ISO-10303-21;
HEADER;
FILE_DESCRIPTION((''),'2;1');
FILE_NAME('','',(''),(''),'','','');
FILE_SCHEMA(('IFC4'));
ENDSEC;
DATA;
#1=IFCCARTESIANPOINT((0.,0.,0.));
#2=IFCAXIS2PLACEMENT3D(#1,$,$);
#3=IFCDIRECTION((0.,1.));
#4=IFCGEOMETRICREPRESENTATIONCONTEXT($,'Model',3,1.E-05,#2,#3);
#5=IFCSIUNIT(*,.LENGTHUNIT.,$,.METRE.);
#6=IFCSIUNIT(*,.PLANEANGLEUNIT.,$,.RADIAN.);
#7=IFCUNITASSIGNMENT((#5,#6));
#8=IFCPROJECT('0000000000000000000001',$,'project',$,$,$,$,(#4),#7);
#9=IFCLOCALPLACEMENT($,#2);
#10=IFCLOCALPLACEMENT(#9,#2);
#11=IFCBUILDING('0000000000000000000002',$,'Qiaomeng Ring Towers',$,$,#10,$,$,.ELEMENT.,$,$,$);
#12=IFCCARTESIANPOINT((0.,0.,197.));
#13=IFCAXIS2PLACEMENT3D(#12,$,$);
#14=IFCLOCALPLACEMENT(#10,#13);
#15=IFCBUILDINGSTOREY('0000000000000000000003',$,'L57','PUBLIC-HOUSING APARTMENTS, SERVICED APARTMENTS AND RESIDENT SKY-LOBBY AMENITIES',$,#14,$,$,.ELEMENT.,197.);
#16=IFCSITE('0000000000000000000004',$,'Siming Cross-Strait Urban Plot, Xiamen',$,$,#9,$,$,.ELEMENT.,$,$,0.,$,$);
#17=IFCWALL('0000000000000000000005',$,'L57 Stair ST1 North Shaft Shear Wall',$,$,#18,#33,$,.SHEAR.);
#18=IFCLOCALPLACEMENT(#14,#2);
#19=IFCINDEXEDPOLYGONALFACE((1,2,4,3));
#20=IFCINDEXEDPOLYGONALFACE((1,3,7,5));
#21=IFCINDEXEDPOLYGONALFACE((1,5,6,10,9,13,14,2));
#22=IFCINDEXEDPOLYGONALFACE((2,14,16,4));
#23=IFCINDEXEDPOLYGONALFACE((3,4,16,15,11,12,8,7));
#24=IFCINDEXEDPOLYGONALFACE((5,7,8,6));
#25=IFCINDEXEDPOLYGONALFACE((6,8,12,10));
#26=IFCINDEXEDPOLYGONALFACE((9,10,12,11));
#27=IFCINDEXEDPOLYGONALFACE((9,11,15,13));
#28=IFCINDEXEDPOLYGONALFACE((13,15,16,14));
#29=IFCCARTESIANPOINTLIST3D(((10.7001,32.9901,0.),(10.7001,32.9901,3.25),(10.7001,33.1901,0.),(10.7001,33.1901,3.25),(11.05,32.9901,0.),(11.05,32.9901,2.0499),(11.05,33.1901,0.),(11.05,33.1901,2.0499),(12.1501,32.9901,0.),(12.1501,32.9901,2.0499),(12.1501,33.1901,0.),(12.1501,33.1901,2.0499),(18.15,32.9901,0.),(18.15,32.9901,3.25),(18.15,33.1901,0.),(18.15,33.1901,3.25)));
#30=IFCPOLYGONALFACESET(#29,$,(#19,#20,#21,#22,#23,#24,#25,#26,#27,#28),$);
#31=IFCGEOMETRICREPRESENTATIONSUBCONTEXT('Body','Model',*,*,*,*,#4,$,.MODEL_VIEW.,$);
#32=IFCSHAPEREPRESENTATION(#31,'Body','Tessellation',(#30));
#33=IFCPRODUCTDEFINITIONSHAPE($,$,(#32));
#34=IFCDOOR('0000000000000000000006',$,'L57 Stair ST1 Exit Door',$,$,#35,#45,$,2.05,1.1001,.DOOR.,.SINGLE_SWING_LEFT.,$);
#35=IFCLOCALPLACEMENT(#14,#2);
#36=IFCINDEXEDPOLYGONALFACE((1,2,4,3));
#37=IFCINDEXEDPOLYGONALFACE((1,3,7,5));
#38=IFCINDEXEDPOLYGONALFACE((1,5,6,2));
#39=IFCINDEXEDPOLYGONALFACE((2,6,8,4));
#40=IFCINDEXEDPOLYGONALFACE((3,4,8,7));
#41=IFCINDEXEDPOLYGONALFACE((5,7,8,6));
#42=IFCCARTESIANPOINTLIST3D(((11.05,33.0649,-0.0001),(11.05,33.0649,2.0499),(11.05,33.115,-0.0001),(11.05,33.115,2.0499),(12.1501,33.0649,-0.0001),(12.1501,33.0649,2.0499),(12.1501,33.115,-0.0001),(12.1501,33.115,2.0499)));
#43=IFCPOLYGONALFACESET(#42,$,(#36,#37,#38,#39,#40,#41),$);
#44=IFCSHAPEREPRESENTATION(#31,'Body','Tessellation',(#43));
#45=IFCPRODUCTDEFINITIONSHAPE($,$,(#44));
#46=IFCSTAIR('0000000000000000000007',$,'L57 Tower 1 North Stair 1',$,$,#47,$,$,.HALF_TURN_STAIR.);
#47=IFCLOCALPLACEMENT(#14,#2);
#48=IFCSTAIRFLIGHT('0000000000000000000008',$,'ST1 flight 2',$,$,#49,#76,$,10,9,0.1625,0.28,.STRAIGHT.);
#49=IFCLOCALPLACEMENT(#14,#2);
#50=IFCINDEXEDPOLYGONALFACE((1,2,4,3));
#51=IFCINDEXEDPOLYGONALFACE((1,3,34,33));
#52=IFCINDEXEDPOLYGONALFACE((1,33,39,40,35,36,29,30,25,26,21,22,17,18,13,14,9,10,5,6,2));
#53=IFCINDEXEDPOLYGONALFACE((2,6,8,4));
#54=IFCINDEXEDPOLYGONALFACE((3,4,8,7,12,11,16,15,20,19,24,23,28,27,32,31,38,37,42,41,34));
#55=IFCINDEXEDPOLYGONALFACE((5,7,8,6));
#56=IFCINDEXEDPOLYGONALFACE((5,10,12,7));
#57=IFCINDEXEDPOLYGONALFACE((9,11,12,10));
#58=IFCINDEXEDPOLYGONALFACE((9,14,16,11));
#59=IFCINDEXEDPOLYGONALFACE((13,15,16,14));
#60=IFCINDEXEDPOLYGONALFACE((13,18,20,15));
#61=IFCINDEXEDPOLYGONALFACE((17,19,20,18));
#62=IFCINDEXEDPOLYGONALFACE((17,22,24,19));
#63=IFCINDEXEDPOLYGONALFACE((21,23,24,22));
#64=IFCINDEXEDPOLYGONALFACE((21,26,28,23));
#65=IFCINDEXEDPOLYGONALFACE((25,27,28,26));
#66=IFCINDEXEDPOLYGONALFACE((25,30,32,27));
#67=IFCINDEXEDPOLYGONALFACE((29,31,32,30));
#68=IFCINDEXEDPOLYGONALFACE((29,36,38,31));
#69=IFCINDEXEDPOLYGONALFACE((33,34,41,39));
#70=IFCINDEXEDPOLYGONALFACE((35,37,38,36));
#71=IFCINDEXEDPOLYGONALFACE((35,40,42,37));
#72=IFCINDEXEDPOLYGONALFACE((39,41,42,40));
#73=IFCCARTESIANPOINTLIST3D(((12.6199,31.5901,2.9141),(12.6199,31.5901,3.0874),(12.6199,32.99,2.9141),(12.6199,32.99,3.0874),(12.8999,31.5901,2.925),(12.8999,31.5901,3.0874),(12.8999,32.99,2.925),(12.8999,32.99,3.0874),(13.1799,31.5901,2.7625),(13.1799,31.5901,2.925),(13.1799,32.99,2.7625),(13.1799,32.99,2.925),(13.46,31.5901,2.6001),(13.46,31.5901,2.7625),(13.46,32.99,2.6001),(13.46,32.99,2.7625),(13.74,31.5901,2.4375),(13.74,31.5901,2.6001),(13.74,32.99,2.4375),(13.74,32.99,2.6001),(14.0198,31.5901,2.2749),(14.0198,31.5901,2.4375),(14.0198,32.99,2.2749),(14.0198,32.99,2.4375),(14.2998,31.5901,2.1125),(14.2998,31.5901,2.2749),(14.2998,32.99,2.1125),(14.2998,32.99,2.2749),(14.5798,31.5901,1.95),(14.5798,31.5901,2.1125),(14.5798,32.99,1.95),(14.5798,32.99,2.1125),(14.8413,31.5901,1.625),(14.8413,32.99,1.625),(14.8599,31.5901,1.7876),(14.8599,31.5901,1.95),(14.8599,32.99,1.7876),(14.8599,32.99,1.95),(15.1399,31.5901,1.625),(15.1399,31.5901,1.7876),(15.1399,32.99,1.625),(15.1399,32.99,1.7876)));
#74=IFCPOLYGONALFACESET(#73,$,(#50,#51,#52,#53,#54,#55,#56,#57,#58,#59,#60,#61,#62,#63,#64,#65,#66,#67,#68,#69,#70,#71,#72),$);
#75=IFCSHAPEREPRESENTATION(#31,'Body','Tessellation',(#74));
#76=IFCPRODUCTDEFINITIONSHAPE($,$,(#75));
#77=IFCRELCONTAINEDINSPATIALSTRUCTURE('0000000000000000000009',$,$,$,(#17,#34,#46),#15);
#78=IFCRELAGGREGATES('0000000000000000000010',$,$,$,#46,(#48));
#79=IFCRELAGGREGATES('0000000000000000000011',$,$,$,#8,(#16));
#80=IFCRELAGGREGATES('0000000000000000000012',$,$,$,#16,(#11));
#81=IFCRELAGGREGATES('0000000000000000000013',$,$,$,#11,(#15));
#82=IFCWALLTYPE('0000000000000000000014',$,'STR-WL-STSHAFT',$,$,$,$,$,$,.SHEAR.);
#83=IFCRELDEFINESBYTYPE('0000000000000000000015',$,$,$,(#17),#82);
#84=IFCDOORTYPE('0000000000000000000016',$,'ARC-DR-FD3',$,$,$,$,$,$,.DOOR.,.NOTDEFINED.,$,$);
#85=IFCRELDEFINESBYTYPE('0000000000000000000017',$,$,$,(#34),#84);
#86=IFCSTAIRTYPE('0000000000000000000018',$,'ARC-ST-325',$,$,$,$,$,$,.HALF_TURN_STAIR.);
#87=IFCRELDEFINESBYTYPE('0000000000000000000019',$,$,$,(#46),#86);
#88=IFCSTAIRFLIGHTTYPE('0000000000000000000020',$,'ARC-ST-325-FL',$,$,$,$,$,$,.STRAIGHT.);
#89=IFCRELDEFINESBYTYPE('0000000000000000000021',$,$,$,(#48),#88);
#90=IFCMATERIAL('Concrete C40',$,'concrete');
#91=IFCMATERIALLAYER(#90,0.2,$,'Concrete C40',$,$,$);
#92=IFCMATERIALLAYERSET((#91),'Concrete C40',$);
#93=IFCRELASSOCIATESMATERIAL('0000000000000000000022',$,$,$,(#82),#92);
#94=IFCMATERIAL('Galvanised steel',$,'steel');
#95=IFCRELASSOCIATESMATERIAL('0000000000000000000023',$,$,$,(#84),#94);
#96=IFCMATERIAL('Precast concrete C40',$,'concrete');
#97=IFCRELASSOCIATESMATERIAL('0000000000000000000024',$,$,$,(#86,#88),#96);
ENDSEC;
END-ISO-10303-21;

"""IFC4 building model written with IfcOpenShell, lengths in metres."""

from ifc_helpers import new_model, si_unit, direction, frame, frame_2d, origin, place, context, subcontext, project, spatial, polyline, rectangle, outline, extrude, source, transform, mapped, material, layer, layer_set, type_object, element, fill, aggregate, save


model = new_model("IFC4")

# Units and contexts
model_context = context("Model", 3, precision=1e-05, world=origin(), true_north=direction((0.0, 1.0)))
body_context = subcontext(model_context, "Body", "Model", "MODEL_VIEW")
ifc_project = project(units=[si_unit("LENGTHUNIT", "METRE"), si_unit("PLANEANGLEUNIT", "RADIAN")], contexts=[model_context])

# Site, building, storey
site_placement = place(None, origin())
site = spatial("IfcSite", under=ifc_project, at=site_placement, Name="Siming Cross-Strait Urban Plot, Xiamen", CompositionType="ELEMENT", RefElevation=0.0)
building_placement = place(site_placement, origin())
building = spatial("IfcBuilding", under=site, at=building_placement, Name="Qiaomeng Ring Towers", CompositionType="ELEMENT")
storey_placement = place(building_placement, frame((0.0, 0.0, 197.0)))
storey = spatial("IfcBuildingStorey", under=building, at=storey_placement, Name="L57", Description="PUBLIC-HOUSING APARTMENTS, SERVICED APARTMENTS AND RESIDENT SKY-LOBBY AMENITIES", CompositionType="ELEMENT", Elevation=197.0)

# Shared definitions
ifc_material_1 = material(Name="Concrete C40", Category="concrete")
ifc_layer_1 = layer(ifc_material_1, 0.2, Name="Concrete C40")
ifc_layer_set_1 = layer_set([ifc_layer_1], Name="Concrete C40")
wall_type_1 = type_object("IfcWallType", Name="STR-WL-STSHAFT", PredefinedType="SHEAR", material=ifc_layer_set_1)

# Wall, opening, door
wall_1_placement = place(storey_placement, frame((10.7, 33.0901, 0.0), z_axis=(0.0, 0.0, 1.0), x_axis=(1.0, 0.0, 0.0)))
wall_1 = element("IfcWall", 1, at=wall_1_placement, inside=storey, type_object=wall_type_1, Name="L57 Stair ST1 North Shaft Shear Wall", PredefinedType="SHEAR", context=body_context, shape_type="SweptSolid", body=[
    extrude(rectangle(XDim=7.45, YDim=0.2, at=frame_2d((3.7251, 0.0))), origin(), (0.0, 0.0, 1.0), 3.25),
])
opening_placement = place(wall_1_placement, frame((0.3501, 0.0, 0.0)))
opening = element("IfcOpeningElement", 2, at=opening_placement, cuts=wall_1, PredefinedType="OPENING", context=body_context, shape_type="SweptSolid", body=[
    extrude(rectangle(XDim=1.1001, YDim=2.05, at=frame_2d((0.55, 1.0249))), frame((0.0, 0.1099, 0.0), z_axis=(0.0, -1.0, 0.0), x_axis=(1.0, 0.0, 0.0)), (0.0, 0.0, 1.0), 0.22),
])
ifc_material_2 = material(Name="Galvanised steel", Category="steel")
door_type = type_object("IfcDoorType", Name="ARC-DR-FD3", OperationType="NOTDEFINED", PredefinedType="DOOR", material=ifc_material_2)
shared_shape_1 = source(origin(), body_context, "Body", "SweptSolid", [
    extrude(rectangle(XDim=1.1001, YDim=2.05, at=frame_2d((0.55, 1.0249))), frame((0.0, 0.0249, 0.0), z_axis=(0.0, -1.0, 0.0), x_axis=(1.0, 0.0, 0.0)), (0.0, 0.0, 1.0), 0.05),
])
door_placement = place(opening_placement, origin())
door = element("IfcDoor", 3, at=door_placement, inside=storey, type_object=door_type, Name="L57 Stair ST1 Exit Door", OperationType="SINGLE_SWING_LEFT", OverallHeight=2.05, OverallWidth=1.1001, PredefinedType="DOOR", context=body_context, shape_type="MappedRepresentation", body=[
    mapped(shared_shape_1, transform((0.0, 0.0, 0.0), x_axis=(1.0, 0.0, 0.0), y_axis=(0.0, 1.0, 0.0), z_axis=(0.0, 0.0, 1.0), scale=1.0)),
])
fill(opening, door)

# Stair, stair flight
ifc_material_3 = material(Name="Precast concrete C40", Category="concrete")
stair_type = type_object("IfcStairType", Name="ARC-ST-325", PredefinedType="HALF_TURN_STAIR", material=ifc_material_3)
stair_placement = place(storey_placement, origin())
stair = element("IfcStair", 4, at=stair_placement, inside=storey, type_object=stair_type, Name="L57 Tower 1 North Stair 1", PredefinedType="HALF_TURN_STAIR")
stair_flight_type = type_object("IfcStairFlightType", Name="ARC-ST-325-FL", PredefinedType="STRAIGHT", material=ifc_material_3)
shared_shape_2 = source(origin(), body_context, "Body", "SweptSolid", [
    extrude(outline(polyline([(0.0, 0.0), (0.0, 0.1626), (0.28, 0.1626), (0.28, 0.325), (0.5601, 0.325), (0.5601, 0.4875), (0.8401, 0.4875), (0.8401, 0.6499), (1.1201, 0.6499), (1.1201, 0.8125), (1.3999, 0.8125), (1.3999, 0.9751), (1.6799, 0.9751), (1.6799, 1.1375), (1.96, 1.1375), (1.96, 1.3), (2.24, 1.3), (2.24, 1.4624), (2.52, 1.4624), (2.52, 1.625), (2.52, 1.2891), (0.2986, 0.0), (0.0, 0.0)])), frame((0.0, 0.7, 0.0), z_axis=(0.0, -1.0, 0.0), x_axis=(1.0, 0.0, 0.0)), (0.0, 0.0, 1.0), 1.3999),
])
stair_flight_placement = place(storey_placement, frame((15.1399, 32.29, 1.625), z_axis=(0.0, 0.0, 1.0), x_axis=(-1.0, 0.0, 0.0)))
stair_flight = element("IfcStairFlight", 5, at=stair_flight_placement, type_object=stair_flight_type, Name="ST1 flight 2", NumberOfRisers=10, NumberOfTreads=9, PredefinedType="STRAIGHT", RiserHeight=0.1625, TreadLength=0.28, context=body_context, shape_type="MappedRepresentation", body=[
    mapped(shared_shape_2, transform((0.0, 0.0, 0.0), x_axis=(1.0, 0.0, 0.0), y_axis=(0.0, 1.0, 0.0), z_axis=(0.0, 0.0, 1.0), scale=1.0)),
])
aggregate(stair, [stair_flight])

save(model, "model.ifc")
